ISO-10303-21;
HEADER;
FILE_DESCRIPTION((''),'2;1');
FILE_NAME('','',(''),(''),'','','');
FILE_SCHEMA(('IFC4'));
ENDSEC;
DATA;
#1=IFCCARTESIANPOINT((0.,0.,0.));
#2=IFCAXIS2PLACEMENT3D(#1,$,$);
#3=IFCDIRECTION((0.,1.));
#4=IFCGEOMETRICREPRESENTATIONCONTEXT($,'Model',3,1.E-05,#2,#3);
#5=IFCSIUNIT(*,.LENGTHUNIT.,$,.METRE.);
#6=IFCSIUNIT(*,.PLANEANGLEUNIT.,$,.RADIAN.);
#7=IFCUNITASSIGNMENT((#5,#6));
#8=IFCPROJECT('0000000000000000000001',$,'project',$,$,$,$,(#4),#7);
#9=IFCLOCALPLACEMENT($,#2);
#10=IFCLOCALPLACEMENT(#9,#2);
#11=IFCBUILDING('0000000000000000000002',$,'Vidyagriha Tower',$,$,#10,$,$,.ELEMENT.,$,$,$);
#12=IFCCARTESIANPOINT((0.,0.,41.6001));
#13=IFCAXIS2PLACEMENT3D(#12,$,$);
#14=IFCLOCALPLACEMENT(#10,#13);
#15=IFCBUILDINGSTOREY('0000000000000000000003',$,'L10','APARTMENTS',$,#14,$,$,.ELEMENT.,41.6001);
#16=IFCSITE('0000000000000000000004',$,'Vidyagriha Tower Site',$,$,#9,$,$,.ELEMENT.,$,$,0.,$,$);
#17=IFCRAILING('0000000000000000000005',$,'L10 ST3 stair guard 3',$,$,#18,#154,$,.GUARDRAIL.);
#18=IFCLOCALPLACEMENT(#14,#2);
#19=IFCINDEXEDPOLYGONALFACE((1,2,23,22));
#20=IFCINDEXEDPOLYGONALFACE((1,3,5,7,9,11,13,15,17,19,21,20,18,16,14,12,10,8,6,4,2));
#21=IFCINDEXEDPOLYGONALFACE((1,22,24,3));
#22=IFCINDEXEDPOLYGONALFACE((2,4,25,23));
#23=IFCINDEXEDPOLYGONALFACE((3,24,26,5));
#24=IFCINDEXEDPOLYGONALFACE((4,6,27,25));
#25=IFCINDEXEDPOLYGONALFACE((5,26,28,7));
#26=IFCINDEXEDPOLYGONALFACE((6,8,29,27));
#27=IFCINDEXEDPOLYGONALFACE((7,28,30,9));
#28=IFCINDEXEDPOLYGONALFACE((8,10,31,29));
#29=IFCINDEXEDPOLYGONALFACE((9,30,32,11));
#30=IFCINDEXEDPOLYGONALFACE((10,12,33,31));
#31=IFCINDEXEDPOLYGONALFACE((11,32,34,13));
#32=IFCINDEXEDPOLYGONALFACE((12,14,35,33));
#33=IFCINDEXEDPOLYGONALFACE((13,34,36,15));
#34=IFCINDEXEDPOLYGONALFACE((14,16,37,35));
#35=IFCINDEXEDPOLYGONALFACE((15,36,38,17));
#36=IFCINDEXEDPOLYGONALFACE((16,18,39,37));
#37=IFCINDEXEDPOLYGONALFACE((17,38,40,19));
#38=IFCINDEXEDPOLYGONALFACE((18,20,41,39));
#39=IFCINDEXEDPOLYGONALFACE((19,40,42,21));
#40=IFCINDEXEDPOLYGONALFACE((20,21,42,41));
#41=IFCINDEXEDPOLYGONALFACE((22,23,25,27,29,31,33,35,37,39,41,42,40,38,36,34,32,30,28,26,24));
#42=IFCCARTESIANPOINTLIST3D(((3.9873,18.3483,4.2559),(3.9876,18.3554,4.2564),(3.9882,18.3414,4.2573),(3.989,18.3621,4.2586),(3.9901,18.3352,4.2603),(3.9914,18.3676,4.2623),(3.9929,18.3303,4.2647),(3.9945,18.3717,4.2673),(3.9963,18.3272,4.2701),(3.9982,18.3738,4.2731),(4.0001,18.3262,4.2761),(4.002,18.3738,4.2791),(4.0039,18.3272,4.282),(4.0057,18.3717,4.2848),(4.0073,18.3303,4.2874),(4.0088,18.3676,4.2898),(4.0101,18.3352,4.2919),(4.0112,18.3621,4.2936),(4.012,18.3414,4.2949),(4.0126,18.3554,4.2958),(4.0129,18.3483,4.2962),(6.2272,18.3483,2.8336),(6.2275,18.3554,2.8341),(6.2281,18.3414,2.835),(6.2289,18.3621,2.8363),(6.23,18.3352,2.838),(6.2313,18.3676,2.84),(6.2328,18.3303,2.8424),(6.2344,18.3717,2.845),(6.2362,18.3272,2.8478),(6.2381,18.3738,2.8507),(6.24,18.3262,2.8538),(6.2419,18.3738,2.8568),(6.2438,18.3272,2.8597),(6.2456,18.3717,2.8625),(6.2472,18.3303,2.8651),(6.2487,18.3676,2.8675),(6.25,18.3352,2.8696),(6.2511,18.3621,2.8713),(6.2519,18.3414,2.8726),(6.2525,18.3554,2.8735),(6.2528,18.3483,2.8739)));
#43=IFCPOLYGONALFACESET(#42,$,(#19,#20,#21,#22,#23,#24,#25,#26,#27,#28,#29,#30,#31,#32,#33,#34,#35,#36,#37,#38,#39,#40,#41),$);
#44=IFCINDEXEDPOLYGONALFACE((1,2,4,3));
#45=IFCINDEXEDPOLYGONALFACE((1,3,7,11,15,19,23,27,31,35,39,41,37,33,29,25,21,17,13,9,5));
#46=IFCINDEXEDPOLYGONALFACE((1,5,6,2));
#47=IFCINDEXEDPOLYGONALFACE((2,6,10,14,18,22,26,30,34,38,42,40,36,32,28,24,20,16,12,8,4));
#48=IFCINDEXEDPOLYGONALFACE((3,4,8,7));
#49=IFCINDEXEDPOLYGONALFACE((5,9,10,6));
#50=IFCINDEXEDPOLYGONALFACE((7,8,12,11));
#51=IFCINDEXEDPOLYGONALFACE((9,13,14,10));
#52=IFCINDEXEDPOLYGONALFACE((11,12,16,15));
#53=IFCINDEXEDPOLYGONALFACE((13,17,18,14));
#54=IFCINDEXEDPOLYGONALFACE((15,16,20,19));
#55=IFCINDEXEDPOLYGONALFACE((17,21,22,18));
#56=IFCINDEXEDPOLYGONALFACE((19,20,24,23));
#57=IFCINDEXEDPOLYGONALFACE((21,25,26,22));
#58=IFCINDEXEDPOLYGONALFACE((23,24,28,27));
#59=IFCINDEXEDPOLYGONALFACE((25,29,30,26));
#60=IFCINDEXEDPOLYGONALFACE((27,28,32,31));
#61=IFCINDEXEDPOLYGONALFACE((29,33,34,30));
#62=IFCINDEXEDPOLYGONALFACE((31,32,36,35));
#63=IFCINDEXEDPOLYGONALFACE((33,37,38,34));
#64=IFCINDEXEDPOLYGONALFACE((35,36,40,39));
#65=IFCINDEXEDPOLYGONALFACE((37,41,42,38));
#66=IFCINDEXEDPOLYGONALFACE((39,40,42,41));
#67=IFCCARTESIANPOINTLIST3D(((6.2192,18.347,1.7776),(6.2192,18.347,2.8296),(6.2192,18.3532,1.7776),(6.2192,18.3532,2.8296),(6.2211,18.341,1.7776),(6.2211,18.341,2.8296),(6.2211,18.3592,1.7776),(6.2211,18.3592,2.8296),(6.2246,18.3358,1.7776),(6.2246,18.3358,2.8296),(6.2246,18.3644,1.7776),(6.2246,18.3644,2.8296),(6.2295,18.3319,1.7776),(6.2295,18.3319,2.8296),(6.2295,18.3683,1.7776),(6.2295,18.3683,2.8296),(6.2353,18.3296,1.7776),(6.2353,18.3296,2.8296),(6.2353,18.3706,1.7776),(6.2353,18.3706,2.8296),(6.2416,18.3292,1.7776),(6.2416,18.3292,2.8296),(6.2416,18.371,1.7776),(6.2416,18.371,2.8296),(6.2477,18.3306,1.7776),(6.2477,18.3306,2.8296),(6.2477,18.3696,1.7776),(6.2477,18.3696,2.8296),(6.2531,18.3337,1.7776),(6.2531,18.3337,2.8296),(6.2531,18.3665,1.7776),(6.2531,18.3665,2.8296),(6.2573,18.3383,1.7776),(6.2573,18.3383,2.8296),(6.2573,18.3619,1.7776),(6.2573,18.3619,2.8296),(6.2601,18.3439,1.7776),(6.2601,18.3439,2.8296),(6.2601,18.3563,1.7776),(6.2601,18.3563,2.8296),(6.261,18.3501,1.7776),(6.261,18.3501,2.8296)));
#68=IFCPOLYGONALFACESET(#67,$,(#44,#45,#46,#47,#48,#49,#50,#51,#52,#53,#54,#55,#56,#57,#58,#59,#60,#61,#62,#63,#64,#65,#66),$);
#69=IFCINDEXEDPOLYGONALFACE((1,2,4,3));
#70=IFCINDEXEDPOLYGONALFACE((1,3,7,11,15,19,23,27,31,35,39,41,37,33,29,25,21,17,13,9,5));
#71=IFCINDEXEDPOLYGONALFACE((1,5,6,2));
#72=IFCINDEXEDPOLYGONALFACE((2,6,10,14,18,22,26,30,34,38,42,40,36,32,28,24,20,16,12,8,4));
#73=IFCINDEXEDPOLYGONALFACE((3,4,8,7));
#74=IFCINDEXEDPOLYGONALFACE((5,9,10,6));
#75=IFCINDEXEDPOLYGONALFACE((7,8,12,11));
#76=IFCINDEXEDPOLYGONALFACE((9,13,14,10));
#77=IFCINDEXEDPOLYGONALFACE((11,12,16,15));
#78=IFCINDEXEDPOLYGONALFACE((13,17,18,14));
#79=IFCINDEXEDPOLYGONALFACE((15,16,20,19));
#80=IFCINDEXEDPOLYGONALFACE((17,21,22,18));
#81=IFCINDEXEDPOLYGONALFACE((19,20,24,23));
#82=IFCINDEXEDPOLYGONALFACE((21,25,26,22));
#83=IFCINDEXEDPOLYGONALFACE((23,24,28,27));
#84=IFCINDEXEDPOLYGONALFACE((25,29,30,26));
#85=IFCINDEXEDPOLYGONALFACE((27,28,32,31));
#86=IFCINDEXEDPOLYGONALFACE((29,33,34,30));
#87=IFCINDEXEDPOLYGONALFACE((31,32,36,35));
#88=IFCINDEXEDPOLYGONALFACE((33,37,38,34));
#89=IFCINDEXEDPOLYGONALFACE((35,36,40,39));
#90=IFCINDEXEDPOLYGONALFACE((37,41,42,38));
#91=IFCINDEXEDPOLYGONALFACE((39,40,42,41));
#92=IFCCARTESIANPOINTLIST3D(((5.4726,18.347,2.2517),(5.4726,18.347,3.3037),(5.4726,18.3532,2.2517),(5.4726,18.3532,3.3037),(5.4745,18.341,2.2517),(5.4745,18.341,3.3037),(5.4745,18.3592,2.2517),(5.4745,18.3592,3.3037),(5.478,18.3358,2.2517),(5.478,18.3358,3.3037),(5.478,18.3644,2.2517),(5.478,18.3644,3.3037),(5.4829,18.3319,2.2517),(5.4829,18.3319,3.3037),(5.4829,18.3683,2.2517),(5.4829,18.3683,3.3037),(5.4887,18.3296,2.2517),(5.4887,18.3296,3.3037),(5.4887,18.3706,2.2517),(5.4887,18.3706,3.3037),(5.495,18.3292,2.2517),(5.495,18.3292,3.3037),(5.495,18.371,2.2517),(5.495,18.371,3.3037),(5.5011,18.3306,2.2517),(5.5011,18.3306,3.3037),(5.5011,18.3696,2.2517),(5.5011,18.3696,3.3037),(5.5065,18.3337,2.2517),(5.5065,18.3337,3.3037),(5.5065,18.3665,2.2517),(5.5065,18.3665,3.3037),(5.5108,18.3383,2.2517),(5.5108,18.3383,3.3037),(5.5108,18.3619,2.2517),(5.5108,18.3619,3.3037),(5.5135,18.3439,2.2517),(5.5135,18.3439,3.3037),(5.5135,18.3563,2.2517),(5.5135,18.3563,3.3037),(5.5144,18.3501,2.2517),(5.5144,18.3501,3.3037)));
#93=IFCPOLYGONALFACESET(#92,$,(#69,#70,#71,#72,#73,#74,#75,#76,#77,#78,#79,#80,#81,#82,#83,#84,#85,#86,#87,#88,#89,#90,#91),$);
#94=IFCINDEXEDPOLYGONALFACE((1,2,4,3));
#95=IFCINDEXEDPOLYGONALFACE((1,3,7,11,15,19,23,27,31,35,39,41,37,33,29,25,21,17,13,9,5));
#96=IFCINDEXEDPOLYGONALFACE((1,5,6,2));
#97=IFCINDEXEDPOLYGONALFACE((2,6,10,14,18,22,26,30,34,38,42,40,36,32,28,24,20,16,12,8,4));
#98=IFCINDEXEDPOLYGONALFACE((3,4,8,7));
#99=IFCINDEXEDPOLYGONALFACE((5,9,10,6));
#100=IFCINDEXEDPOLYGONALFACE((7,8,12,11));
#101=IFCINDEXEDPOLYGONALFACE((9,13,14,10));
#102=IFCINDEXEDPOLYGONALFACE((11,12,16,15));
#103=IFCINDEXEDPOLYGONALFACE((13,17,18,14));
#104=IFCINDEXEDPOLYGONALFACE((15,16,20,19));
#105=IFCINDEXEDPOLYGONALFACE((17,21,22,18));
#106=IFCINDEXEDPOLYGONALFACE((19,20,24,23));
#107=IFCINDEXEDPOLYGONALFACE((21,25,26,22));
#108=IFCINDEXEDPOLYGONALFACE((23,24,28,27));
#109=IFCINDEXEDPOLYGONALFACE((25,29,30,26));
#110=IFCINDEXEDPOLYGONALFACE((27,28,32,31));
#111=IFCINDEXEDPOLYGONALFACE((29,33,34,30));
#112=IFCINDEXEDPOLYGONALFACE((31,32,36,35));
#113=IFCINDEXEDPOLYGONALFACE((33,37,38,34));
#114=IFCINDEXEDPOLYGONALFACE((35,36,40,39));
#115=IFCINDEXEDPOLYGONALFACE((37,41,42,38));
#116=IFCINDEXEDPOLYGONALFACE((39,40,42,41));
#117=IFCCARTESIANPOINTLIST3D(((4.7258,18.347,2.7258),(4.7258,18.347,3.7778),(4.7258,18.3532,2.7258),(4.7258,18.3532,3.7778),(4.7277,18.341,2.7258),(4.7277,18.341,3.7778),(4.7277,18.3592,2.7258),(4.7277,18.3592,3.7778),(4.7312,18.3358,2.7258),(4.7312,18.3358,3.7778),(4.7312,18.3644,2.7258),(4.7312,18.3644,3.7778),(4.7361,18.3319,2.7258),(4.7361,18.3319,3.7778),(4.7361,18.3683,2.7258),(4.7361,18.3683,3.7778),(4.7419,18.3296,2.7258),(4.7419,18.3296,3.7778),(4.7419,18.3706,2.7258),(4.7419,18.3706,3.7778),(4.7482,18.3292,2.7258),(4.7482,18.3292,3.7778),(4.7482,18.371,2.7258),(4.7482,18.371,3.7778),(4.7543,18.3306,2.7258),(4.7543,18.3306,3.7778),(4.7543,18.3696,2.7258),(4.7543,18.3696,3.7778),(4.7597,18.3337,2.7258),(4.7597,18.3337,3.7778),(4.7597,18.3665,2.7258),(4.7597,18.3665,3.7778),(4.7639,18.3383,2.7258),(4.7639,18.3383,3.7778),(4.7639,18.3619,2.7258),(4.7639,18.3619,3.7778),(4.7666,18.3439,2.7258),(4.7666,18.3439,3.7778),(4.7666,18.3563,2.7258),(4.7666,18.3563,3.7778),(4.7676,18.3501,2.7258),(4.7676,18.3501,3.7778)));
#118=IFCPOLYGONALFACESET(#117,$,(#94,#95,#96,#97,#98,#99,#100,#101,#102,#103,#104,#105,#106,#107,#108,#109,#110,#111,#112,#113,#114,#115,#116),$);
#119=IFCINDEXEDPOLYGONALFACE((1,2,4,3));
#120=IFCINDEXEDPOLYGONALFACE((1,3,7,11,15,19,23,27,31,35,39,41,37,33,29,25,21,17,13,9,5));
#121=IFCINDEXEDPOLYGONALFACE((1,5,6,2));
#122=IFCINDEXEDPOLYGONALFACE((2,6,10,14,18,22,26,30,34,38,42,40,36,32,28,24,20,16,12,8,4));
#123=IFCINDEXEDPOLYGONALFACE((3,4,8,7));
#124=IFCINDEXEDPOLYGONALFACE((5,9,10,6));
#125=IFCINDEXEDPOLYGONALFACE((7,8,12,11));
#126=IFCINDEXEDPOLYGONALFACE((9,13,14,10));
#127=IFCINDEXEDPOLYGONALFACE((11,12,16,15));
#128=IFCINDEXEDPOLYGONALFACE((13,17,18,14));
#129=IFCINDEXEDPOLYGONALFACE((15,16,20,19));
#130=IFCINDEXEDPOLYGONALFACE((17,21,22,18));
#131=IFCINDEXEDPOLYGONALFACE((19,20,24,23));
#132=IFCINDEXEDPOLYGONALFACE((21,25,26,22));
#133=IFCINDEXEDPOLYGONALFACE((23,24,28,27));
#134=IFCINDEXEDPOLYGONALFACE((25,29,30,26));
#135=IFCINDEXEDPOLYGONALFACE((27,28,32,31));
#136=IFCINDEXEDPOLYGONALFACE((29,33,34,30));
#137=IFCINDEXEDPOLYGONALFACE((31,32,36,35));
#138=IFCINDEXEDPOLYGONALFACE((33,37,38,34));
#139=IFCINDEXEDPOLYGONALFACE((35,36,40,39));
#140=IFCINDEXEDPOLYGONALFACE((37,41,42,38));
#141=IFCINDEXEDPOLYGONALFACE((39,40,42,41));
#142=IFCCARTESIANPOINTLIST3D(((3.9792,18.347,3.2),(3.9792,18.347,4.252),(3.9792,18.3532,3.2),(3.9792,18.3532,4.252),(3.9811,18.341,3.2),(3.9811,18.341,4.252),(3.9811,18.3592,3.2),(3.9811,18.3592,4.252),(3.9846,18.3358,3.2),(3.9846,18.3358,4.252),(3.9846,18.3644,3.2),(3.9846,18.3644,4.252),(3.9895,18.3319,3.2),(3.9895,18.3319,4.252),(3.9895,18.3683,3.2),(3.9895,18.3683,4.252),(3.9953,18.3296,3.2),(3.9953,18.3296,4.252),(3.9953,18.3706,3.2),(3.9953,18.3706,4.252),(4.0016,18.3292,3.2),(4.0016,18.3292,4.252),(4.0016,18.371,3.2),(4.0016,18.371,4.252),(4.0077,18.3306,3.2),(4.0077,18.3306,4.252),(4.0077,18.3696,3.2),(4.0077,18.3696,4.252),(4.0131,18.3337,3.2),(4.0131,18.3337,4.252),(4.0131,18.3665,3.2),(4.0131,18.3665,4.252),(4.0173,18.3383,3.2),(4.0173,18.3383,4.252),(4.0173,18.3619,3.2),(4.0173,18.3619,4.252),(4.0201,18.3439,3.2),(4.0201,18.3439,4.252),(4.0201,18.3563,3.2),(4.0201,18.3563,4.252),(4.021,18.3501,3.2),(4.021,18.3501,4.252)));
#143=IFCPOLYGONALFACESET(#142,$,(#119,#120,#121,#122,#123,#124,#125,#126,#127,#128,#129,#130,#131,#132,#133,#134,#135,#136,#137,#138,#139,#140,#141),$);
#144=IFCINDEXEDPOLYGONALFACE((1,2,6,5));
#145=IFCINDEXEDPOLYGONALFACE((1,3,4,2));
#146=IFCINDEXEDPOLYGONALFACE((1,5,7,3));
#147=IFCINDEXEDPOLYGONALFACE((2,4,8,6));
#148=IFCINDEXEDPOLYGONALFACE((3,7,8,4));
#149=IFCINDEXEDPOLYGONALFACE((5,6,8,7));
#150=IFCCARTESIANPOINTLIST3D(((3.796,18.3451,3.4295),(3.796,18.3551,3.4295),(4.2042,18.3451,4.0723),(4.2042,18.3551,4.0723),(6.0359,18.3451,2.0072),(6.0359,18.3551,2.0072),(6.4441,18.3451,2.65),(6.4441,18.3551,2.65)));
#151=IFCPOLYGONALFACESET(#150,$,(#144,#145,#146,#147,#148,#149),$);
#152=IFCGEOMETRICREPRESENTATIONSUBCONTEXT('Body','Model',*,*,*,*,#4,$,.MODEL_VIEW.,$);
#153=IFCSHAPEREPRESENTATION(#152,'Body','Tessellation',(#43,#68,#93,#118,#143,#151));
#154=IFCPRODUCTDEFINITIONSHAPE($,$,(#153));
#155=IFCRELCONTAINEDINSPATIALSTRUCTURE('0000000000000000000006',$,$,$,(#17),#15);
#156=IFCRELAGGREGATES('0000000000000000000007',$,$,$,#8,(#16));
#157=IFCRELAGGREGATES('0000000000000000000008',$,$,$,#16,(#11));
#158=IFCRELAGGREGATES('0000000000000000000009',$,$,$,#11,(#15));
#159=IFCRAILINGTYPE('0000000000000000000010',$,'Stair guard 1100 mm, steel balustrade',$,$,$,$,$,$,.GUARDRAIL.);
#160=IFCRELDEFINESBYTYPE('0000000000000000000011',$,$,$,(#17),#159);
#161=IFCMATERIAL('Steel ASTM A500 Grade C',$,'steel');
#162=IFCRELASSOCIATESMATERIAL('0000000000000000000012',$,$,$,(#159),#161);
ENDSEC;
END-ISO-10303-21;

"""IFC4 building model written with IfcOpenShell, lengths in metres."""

from ifc_helpers import new_model, si_unit, direction, frame, origin, origin_2d, place, context, subcontext, project, spatial, rectangle, circle, extrude, material, type_object, element, save


model = new_model("IFC4")

# Units and contexts
model_context = context("Model", 3, precision=1e-05, world=origin(), true_north=direction((0.0, 1.0)))
body_context = subcontext(model_context, "Body", "Model", "MODEL_VIEW")
ifc_project = project(units=[si_unit("LENGTHUNIT", "METRE"), si_unit("PLANEANGLEUNIT", "RADIAN")], contexts=[model_context])

# Site, building, storey
site_placement = place(None, origin())
site = spatial("IfcSite", under=ifc_project, at=site_placement, Name="Vidyagriha Tower Site", CompositionType="ELEMENT", RefElevation=0.0)
building_placement = place(site_placement, origin())
building = spatial("IfcBuilding", under=site, at=building_placement, Name="Vidyagriha Tower", CompositionType="ELEMENT")
storey_placement = place(building_placement, frame((0.0, 0.0, 41.6001)))
storey = spatial("IfcBuildingStorey", under=building, at=storey_placement, Name="L10", Description="APARTMENTS", CompositionType="ELEMENT", Elevation=41.6001)

# Railing
ifc_material_1 = material(Name="Steel ASTM A500 Grade C", Category="steel")
railing_type_1 = type_object("IfcRailingType", Name="Stair guard 1100 mm, steel balustrade", PredefinedType="GUARDRAIL", material=ifc_material_1)
railing_1_placement = place(storey_placement, frame((6.24, 18.3501, 1.7776)))
element("IfcRailing", 1, at=railing_1_placement, inside=storey, type_object=railing_type_1, Name="L10 ST3 stair guard 3", PredefinedType="GUARDRAIL", context=body_context, shape_type="SweptSolid", body=[
    extrude(circle(Radius=0.0239, at=origin_2d()), frame((0.0, 0.0, 1.0762), z_axis=(-0.844188, 0.0, 0.536048), x_axis=(0.0, -1.0, 0.0)), (0.0, 0.0, 1.0), 2.6533),
    extrude(circle(Radius=0.021, at=origin_2d()), origin(), (0.0, 0.0, 1.0), 1.052),
    extrude(circle(Radius=0.021, at=origin_2d()), frame((-0.7466, 0.0, 0.4741)), (0.0, 0.0, 1.0), 1.052),
    extrude(circle(Radius=0.021, at=origin_2d()), frame((-1.4934, 0.0, 0.9482)), (0.0, 0.0, 1.0), 1.052),
    extrude(circle(Radius=0.021, at=origin_2d()), frame((-2.24, 0.0, 1.4224)), (0.0, 0.0, 1.0), 1.052),
    extrude(rectangle(XDim=0.01, YDim=0.7615, at=origin_2d()), frame((0.0, 0.0, 0.551), z_axis=(-0.844188, 0.0, 0.536048), x_axis=(0.0, -1.0, 0.0)), (0.0, 0.0, 1.0), 2.6533),
])

save(model, "model.ifc")
